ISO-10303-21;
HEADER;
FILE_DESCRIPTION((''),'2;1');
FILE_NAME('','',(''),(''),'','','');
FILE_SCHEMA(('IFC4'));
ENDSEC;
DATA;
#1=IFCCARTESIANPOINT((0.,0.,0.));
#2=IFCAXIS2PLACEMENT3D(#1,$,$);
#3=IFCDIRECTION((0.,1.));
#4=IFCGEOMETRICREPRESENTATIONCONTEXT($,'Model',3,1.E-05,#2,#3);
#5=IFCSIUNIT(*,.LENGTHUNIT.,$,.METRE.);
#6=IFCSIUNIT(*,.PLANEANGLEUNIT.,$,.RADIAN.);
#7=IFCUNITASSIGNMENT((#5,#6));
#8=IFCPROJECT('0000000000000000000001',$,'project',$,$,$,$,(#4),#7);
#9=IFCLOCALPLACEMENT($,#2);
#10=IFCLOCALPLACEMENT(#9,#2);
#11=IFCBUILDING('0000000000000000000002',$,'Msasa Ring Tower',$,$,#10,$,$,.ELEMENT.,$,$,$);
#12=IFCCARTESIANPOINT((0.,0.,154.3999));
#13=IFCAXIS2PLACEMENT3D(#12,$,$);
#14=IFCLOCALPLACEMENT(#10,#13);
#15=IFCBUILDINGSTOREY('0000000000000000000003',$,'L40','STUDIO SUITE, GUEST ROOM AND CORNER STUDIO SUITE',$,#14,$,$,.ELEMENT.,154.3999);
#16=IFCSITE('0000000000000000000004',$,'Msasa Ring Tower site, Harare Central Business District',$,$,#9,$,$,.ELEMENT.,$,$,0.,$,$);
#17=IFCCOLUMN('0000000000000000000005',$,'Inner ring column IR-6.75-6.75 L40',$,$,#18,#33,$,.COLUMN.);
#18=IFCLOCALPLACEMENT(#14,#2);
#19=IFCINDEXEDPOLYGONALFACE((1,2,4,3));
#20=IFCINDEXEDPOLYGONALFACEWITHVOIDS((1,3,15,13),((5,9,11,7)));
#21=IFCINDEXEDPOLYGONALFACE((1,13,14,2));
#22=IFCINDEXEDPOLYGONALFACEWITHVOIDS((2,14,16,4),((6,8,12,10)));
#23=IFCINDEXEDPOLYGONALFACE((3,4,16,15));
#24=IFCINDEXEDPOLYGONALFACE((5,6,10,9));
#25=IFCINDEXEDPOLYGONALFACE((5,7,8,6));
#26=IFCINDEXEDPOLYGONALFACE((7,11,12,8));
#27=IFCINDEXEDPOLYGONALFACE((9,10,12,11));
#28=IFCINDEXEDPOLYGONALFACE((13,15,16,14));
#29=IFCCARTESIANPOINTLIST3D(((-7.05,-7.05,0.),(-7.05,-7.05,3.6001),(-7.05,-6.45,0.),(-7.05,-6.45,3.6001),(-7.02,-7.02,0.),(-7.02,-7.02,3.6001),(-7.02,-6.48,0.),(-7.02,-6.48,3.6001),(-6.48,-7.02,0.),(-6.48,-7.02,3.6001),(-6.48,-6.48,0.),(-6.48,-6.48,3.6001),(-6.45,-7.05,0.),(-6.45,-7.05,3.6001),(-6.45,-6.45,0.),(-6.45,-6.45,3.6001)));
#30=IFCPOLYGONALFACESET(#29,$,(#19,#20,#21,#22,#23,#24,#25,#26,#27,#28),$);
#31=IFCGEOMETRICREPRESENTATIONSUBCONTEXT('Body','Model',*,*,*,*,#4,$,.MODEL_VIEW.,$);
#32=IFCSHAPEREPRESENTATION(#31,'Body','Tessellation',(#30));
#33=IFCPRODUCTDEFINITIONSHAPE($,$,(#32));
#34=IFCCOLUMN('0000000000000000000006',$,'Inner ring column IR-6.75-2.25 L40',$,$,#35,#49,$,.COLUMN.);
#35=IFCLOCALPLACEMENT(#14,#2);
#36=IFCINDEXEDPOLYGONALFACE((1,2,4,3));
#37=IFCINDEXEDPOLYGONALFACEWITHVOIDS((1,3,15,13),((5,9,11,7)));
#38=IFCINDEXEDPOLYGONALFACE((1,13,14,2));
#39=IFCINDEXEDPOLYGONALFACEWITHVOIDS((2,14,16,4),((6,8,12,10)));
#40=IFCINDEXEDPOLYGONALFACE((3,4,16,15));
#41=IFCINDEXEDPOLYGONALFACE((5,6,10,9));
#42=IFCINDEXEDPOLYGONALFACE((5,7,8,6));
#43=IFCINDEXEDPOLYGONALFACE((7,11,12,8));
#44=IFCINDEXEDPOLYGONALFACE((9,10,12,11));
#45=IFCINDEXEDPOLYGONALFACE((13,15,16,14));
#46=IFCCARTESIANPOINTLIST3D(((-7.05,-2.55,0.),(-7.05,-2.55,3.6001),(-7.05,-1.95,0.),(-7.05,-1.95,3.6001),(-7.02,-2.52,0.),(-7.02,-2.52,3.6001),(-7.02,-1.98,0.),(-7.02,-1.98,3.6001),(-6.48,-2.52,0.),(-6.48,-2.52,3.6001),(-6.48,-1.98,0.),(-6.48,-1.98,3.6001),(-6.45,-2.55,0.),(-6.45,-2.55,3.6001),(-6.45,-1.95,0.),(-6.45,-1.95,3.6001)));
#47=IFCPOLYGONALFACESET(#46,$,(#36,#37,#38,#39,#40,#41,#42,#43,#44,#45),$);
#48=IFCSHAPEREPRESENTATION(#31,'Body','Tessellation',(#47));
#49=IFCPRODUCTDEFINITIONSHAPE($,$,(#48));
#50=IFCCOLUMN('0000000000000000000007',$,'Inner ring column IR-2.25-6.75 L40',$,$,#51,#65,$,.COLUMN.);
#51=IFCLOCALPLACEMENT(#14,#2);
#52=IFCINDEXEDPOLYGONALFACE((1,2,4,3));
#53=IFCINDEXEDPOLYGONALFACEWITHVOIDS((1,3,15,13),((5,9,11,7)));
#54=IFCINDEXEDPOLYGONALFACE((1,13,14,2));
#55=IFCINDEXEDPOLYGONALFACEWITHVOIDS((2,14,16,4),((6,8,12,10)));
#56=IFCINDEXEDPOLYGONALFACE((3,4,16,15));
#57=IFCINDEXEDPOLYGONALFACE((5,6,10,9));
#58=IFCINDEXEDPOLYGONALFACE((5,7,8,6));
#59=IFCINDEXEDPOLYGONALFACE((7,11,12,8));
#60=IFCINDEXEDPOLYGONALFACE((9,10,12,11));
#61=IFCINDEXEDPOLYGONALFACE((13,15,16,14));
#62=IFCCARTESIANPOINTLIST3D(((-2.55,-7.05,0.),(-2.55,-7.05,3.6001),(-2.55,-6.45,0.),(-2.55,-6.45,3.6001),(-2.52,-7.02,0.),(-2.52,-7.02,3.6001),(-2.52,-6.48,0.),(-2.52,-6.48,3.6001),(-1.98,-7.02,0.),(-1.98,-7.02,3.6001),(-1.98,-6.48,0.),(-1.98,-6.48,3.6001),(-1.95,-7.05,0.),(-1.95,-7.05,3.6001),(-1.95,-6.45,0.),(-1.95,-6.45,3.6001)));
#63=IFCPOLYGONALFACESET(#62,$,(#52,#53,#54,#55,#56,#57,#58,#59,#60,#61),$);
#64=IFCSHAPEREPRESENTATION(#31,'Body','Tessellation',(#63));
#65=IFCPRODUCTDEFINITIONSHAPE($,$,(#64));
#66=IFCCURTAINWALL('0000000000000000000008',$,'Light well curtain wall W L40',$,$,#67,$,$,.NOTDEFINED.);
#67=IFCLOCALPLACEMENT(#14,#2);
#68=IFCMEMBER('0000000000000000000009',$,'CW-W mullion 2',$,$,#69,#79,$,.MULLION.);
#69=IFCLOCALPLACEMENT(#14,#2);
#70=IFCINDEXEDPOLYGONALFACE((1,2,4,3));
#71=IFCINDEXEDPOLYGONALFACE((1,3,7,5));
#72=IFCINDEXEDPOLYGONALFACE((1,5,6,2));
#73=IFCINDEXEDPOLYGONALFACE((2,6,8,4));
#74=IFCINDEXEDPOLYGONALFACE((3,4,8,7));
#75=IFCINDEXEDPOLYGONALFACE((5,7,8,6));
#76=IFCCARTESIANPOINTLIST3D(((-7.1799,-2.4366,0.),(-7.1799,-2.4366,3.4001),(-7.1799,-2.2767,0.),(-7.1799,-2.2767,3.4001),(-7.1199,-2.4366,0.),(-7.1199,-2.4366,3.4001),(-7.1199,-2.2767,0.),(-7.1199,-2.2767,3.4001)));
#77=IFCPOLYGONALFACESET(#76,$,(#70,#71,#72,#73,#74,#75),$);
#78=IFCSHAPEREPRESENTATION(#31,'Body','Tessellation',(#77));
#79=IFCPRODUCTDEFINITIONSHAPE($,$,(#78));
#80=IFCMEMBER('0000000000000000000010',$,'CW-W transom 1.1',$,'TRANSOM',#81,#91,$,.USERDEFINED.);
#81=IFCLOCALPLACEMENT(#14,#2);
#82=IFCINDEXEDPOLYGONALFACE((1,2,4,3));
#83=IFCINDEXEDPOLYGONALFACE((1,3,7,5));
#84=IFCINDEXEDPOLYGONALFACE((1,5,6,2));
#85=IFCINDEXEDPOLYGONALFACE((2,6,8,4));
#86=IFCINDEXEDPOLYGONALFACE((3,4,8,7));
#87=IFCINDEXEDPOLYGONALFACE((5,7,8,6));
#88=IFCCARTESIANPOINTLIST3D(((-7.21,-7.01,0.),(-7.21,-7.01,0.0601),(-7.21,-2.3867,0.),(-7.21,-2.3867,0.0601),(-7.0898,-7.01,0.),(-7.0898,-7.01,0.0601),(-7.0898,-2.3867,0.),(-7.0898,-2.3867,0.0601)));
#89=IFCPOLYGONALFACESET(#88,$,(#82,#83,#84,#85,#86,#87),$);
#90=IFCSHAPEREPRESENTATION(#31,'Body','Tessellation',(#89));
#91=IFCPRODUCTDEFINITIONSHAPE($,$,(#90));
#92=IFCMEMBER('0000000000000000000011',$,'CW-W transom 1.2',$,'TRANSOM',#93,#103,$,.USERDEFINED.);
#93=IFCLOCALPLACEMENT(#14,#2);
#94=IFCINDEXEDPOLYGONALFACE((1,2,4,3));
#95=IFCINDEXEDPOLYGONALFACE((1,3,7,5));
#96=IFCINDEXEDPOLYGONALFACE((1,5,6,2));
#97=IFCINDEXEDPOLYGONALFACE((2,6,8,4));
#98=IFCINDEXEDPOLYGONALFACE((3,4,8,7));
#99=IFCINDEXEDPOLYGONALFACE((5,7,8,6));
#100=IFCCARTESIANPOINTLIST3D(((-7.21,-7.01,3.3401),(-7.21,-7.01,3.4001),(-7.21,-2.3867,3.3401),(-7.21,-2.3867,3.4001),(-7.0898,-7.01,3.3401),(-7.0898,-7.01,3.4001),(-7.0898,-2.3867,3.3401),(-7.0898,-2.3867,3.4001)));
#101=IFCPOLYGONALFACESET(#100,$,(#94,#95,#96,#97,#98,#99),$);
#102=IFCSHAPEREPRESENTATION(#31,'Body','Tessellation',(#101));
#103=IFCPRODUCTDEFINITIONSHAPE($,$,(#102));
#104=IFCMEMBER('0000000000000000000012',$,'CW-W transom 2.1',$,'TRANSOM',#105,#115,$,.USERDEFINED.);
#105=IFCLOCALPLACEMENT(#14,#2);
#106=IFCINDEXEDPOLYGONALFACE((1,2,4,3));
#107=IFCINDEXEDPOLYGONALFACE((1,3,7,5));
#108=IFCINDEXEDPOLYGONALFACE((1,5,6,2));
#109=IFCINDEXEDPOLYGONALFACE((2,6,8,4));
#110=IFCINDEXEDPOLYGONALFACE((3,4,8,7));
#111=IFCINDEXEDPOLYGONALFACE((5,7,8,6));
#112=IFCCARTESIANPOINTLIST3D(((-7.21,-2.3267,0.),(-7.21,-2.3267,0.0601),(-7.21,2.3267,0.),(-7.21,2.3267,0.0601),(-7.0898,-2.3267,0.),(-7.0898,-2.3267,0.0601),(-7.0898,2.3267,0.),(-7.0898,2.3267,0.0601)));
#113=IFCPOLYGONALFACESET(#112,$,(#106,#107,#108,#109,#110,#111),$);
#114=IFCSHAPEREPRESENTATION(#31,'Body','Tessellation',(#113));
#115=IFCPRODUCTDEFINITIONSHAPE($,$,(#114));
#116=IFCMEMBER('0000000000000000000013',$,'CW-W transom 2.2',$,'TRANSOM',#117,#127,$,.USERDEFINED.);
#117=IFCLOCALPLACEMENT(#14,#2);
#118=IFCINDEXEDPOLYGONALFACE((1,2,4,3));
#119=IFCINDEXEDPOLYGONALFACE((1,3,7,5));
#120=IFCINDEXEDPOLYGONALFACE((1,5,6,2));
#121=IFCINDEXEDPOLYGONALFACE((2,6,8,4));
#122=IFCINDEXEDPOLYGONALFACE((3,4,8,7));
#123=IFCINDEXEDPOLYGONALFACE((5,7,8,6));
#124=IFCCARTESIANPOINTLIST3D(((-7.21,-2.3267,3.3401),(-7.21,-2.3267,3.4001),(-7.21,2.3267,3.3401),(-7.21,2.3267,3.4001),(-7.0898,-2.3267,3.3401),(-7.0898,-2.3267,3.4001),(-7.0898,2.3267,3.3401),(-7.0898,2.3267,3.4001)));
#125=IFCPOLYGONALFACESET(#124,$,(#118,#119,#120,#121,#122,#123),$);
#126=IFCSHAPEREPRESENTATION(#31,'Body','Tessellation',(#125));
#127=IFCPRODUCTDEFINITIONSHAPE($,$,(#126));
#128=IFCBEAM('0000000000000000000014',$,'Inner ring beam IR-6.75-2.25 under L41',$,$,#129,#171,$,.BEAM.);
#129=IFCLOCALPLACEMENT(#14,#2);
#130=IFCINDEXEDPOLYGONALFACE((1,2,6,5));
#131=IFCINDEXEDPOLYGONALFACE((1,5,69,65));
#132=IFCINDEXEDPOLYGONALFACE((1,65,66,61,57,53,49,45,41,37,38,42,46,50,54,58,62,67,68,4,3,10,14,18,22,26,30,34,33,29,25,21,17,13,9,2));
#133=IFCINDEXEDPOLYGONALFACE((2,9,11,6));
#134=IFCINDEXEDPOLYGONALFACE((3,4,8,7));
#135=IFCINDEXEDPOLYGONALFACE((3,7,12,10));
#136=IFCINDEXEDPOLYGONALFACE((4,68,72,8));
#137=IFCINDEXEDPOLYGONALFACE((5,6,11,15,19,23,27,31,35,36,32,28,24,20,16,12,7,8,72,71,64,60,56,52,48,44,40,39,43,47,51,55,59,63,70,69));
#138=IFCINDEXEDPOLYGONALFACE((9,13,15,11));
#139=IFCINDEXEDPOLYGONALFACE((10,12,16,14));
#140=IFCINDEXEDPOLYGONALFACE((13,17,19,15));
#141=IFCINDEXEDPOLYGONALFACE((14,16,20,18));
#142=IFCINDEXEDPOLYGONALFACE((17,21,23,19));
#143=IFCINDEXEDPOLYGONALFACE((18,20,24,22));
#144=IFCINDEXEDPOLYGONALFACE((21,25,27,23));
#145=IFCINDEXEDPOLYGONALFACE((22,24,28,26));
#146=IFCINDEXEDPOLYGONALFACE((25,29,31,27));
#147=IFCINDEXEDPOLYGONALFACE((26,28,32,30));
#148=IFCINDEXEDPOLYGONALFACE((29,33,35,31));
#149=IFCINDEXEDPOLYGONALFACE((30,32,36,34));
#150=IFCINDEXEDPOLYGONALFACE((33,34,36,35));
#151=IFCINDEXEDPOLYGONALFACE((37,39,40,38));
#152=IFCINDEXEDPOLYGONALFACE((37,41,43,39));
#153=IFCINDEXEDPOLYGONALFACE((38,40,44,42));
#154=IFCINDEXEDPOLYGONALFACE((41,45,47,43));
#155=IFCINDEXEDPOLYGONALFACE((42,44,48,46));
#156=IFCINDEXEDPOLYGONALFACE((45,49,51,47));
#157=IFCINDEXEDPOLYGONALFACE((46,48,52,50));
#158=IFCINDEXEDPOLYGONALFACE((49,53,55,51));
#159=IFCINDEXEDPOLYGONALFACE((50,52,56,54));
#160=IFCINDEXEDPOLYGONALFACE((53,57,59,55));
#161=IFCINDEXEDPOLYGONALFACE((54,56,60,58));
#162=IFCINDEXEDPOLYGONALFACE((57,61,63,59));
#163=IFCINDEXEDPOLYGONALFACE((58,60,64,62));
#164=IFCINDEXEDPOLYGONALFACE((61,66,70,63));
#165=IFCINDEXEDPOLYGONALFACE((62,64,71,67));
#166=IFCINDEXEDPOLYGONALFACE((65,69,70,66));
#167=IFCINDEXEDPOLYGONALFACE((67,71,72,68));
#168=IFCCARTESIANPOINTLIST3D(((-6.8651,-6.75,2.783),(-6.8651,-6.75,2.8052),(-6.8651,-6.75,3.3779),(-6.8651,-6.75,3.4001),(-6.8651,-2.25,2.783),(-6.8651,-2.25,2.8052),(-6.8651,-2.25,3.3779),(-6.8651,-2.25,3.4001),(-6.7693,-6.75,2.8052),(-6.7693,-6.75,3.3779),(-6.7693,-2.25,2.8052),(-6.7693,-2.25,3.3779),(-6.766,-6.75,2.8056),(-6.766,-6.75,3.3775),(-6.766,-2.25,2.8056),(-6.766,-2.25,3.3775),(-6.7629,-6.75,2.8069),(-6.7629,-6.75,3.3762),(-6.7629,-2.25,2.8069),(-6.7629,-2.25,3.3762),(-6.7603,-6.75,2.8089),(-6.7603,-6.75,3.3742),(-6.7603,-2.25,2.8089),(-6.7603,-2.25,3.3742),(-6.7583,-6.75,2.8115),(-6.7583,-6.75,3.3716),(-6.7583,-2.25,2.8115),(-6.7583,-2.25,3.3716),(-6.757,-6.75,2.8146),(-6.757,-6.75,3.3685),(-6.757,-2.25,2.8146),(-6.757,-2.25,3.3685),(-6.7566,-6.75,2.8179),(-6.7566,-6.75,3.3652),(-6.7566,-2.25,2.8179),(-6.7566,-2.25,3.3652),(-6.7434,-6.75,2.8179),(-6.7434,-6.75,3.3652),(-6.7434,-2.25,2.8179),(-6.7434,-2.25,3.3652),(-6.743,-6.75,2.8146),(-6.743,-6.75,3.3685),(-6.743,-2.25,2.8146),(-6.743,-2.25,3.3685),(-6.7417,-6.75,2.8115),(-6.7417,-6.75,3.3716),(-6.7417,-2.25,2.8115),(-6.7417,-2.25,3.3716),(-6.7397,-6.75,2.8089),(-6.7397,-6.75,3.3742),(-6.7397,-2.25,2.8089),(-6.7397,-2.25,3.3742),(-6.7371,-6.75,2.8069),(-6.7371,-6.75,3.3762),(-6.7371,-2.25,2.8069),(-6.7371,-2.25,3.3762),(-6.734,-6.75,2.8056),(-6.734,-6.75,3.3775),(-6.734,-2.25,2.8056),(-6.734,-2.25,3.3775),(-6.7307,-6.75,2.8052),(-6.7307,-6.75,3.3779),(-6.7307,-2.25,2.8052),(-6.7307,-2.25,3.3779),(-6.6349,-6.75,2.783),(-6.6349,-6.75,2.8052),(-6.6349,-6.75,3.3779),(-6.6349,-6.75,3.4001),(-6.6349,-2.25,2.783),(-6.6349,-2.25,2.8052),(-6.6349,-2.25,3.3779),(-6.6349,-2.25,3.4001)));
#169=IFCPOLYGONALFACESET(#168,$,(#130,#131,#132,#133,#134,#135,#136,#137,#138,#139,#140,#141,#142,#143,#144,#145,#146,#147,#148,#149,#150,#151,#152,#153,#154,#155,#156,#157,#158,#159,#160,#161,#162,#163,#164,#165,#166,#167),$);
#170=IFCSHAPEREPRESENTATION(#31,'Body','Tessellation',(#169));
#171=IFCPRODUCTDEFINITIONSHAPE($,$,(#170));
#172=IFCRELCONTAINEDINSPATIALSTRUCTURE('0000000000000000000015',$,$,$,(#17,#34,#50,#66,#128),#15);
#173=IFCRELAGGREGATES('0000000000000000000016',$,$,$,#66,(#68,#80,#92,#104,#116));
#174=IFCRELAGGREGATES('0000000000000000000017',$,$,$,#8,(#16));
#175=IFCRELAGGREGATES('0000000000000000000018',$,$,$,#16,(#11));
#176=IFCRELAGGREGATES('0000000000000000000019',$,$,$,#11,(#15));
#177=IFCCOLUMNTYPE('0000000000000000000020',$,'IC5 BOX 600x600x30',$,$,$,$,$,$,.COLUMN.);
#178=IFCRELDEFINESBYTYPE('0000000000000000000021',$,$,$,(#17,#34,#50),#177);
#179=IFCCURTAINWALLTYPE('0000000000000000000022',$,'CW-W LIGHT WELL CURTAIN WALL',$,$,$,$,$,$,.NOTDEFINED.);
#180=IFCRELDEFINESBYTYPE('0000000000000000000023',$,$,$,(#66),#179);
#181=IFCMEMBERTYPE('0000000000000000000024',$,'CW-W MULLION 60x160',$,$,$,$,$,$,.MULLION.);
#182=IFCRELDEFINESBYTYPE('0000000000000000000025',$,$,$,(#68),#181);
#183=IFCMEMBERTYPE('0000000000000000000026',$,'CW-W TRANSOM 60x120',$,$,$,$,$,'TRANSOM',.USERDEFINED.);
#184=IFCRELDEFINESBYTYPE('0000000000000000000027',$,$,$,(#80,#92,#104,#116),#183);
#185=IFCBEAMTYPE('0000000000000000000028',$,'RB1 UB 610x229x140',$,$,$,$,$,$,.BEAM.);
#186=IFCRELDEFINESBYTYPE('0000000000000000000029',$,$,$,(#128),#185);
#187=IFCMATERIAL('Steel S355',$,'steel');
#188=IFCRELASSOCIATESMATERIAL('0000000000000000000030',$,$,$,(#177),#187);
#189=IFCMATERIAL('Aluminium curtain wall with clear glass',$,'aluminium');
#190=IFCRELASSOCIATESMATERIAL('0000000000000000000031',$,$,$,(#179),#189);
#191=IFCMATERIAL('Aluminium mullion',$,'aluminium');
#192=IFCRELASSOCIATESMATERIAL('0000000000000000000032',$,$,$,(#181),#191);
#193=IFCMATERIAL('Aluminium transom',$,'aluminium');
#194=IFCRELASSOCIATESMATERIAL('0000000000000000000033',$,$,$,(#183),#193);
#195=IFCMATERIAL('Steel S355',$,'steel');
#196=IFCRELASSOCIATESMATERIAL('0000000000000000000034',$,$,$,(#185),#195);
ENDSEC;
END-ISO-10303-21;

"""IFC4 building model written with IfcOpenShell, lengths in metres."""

from ifc_helpers import new_model, si_unit, direction, frame, origin, origin_2d, place, context, subcontext, project, spatial, rectangle, hollow_rectangle, i_section, extrude, material, material_profile, profile_set, type_object, element, aggregate, save


model = new_model("IFC4")

# Units and contexts
model_context = context("Model", 3, precision=1e-05, world=origin(), true_north=direction((0.0, 1.0)))
body_context = subcontext(model_context, "Body", "Model", "MODEL_VIEW")
ifc_project = project(units=[si_unit("LENGTHUNIT", "METRE"), si_unit("PLANEANGLEUNIT", "RADIAN")], contexts=[model_context])

# Site, building, storey
site_placement = place(None, origin())
site = spatial("IfcSite", under=ifc_project, at=site_placement, Name="Msasa Ring Tower site, Harare Central Business District", CompositionType="ELEMENT", RefElevation=0.0)
building_placement = place(site_placement, origin())
building = spatial("IfcBuilding", under=site, at=building_placement, Name="Msasa Ring Tower", CompositionType="ELEMENT")
storey_placement = place(building_placement, frame((0.0, 0.0, 154.3999)))
storey = spatial("IfcBuildingStorey", under=building, at=storey_placement, Name="L40", Description="STUDIO SUITE, GUEST ROOM AND CORNER STUDIO SUITE", CompositionType="ELEMENT", Elevation=154.3999)

# Columns
ifc_material_1 = material(Name="Steel S355", Category="steel")
ifc_material_profile_1 = material_profile(ifc_material_1, hollow_rectangle(XDim=0.6001, YDim=0.6001, WallThickness=0.03, at=origin_2d()), Name="BOX 600x600x30")
ifc_profile_set_1 = profile_set([ifc_material_profile_1], Name="Steel S355")
column_type = type_object("IfcColumnType", Name="IC5 BOX 600x600x30", PredefinedType="COLUMN", material=ifc_profile_set_1)
for number, where, z_axis, x_axis, name in (
    (1, (-6.75, -6.75, 0.0), (0.0, 0.0, 1.0), (1.0, 0.0, 0.0), "Inner ring column IR-6.75-6.75 L40"),
    (2, (-6.75, -2.25, 0.0), (0.0, 0.0, 1.0), (1.0, 0.0, 0.0), "Inner ring column IR-6.75-2.25 L40"),
    (3, (-2.25, -6.75, 0.0), (0.0, 0.0, 1.0), (1.0, 0.0, 0.0), "Inner ring column IR-2.25-6.75 L40"),
):
    element("IfcColumn", number, at=place(storey_placement, frame(where, z_axis=z_axis, x_axis=x_axis)), inside=storey, type_object=column_type, Name=name, PredefinedType="COLUMN", context=body_context, shape_type="SweptSolid", body=[
        extrude(hollow_rectangle(XDim=0.6001, YDim=0.6001, WallThickness=0.03, at=origin_2d()), origin(), (0.0, 0.0, 1.0), 3.6001),
    ])

# Curtain wall, members
ifc_material_2 = material(Name="Aluminium curtain wall with clear glass", Category="aluminium")
curtain_wall_type = type_object("IfcCurtainWallType", Name="CW-W LIGHT WELL CURTAIN WALL", PredefinedType="NOTDEFINED", material=ifc_material_2)
curtain_wall_1_placement = place(storey_placement, origin())
curtain_wall_1 = element("IfcCurtainWall", 4, at=curtain_wall_1_placement, inside=storey, type_object=curtain_wall_type, Name="Light well curtain wall W L40", PredefinedType="NOTDEFINED")
ifc_material_3 = material(Name="Aluminium mullion", Category="aluminium")
ifc_material_profile_2 = material_profile(ifc_material_3, rectangle(XDim=0.0601, YDim=0.1599, at=origin_2d()), Name="AL 60x160")
ifc_profile_set_2 = profile_set([ifc_material_profile_2], Name="Aluminium mullion")
member_type_1 = type_object("IfcMemberType", Name="CW-W MULLION 60x160", PredefinedType="MULLION", material=ifc_profile_set_2)
member_1_placement = place(storey_placement, frame((-7.1499, -2.3567, 0.0), z_axis=(0.0, 0.0, 1.0), x_axis=(-1.0, 0.0, 0.0)))
member_1 = element("IfcMember", 5, at=member_1_placement, type_object=member_type_1, Name="CW-W mullion 2", PredefinedType="MULLION", context=body_context, shape_type="SweptSolid", body=[
    extrude(rectangle(XDim=0.0601, YDim=0.1599, at=origin_2d()), origin(), (0.0, 0.0, 1.0), 3.4001),
])
ifc_material_4 = material(Name="Aluminium transom", Category="aluminium")
ifc_material_profile_3 = material_profile(ifc_material_4, rectangle(XDim=0.1201, YDim=0.0601, at=origin_2d()), Name="AL 60x120")
ifc_profile_set_3 = profile_set([ifc_material_profile_3], Name="Aluminium transom")
member_type_2 = type_object("IfcMemberType", Name="CW-W TRANSOM 60x120", ElementType="TRANSOM", PredefinedType="USERDEFINED", material=ifc_profile_set_3)
member_2_placement = place(storey_placement, frame((-7.1499, -7.01, 0.03), z_axis=(0.0, 1.0, 0.0), x_axis=(-1.0, 0.0, 0.0)))
member_2 = element("IfcMember", 6, at=member_2_placement, type_object=member_type_2, Name="CW-W transom 1.1", ObjectType="TRANSOM", PredefinedType="USERDEFINED", context=body_context, shape_type="SweptSolid", body=[
    extrude(rectangle(XDim=0.1201, YDim=0.0601, at=origin_2d()), origin(), (0.0, 0.0, 1.0), 4.6233),
])
member_3_placement = place(storey_placement, frame((-7.1499, -7.01, 3.3701), z_axis=(0.0, 1.0, 0.0), x_axis=(-1.0, 0.0, 0.0)))
member_3 = element("IfcMember", 7, at=member_3_placement, type_object=member_type_2, Name="CW-W transom 1.2", ObjectType="TRANSOM", PredefinedType="USERDEFINED", context=body_context, shape_type="SweptSolid", body=[
    extrude(rectangle(XDim=0.1201, YDim=0.0601, at=origin_2d()), origin(), (0.0, 0.0, 1.0), 4.6233),
])
member_4_placement = place(storey_placement, frame((-7.1499, -2.3267, 0.03), z_axis=(0.0, 1.0, 0.0), x_axis=(-1.0, 0.0, 0.0)))
member_4 = element("IfcMember", 8, at=member_4_placement, type_object=member_type_2, Name="CW-W transom 2.1", ObjectType="TRANSOM", PredefinedType="USERDEFINED", context=body_context, shape_type="SweptSolid", body=[
    extrude(rectangle(XDim=0.1201, YDim=0.0601, at=origin_2d()), origin(), (0.0, 0.0, 1.0), 4.6533),
])
member_5_placement = place(storey_placement, frame((-7.1499, -2.3267, 3.3701), z_axis=(0.0, 1.0, 0.0), x_axis=(-1.0, 0.0, 0.0)))
member_5 = element("IfcMember", 9, at=member_5_placement, type_object=member_type_2, Name="CW-W transom 2.2", ObjectType="TRANSOM", PredefinedType="USERDEFINED", context=body_context, shape_type="SweptSolid", body=[
    extrude(rectangle(XDim=0.1201, YDim=0.0601, at=origin_2d()), origin(), (0.0, 0.0, 1.0), 4.6533),
])

# Beam
ifc_material_5 = material(Name="Steel S355", Category="steel")
ifc_material_profile_4 = material_profile(ifc_material_5, i_section(OverallWidth=0.2302, OverallDepth=0.6172, WebThickness=0.0132, FlangeThickness=0.0222, FilletRadius=0.0127, at=origin_2d()), Name="UB 610x229x140")
ifc_profile_set_4 = profile_set([ifc_material_profile_4], Name="Steel S355")
beam_type = type_object("IfcBeamType", Name="RB1 UB 610x229x140", PredefinedType="BEAM", material=ifc_profile_set_4)
for number, where, z_axis, x_axis, name in (
    (10, (-6.75, -2.25, 3.0916), (0.0, -1.0, 0.0), (1.0, 0.0, 0.0), "Inner ring beam IR-6.75-2.25 under L41"),
):
    element("IfcBeam", number, at=place(storey_placement, frame(where, z_axis=z_axis, x_axis=x_axis)), inside=storey, type_object=beam_type, Name=name, PredefinedType="BEAM", context=body_context, shape_type="SweptSolid", body=[
        extrude(i_section(OverallWidth=0.2302, OverallDepth=0.6172, WebThickness=0.0132, FlangeThickness=0.0222, FilletRadius=0.0127, at=origin_2d()), origin(), (0.0, 0.0, 1.0), 4.5),
    ])

aggregate(curtain_wall_1, [member_1, member_2, member_3, member_4, member_5])

save(model, "model.ifc")
